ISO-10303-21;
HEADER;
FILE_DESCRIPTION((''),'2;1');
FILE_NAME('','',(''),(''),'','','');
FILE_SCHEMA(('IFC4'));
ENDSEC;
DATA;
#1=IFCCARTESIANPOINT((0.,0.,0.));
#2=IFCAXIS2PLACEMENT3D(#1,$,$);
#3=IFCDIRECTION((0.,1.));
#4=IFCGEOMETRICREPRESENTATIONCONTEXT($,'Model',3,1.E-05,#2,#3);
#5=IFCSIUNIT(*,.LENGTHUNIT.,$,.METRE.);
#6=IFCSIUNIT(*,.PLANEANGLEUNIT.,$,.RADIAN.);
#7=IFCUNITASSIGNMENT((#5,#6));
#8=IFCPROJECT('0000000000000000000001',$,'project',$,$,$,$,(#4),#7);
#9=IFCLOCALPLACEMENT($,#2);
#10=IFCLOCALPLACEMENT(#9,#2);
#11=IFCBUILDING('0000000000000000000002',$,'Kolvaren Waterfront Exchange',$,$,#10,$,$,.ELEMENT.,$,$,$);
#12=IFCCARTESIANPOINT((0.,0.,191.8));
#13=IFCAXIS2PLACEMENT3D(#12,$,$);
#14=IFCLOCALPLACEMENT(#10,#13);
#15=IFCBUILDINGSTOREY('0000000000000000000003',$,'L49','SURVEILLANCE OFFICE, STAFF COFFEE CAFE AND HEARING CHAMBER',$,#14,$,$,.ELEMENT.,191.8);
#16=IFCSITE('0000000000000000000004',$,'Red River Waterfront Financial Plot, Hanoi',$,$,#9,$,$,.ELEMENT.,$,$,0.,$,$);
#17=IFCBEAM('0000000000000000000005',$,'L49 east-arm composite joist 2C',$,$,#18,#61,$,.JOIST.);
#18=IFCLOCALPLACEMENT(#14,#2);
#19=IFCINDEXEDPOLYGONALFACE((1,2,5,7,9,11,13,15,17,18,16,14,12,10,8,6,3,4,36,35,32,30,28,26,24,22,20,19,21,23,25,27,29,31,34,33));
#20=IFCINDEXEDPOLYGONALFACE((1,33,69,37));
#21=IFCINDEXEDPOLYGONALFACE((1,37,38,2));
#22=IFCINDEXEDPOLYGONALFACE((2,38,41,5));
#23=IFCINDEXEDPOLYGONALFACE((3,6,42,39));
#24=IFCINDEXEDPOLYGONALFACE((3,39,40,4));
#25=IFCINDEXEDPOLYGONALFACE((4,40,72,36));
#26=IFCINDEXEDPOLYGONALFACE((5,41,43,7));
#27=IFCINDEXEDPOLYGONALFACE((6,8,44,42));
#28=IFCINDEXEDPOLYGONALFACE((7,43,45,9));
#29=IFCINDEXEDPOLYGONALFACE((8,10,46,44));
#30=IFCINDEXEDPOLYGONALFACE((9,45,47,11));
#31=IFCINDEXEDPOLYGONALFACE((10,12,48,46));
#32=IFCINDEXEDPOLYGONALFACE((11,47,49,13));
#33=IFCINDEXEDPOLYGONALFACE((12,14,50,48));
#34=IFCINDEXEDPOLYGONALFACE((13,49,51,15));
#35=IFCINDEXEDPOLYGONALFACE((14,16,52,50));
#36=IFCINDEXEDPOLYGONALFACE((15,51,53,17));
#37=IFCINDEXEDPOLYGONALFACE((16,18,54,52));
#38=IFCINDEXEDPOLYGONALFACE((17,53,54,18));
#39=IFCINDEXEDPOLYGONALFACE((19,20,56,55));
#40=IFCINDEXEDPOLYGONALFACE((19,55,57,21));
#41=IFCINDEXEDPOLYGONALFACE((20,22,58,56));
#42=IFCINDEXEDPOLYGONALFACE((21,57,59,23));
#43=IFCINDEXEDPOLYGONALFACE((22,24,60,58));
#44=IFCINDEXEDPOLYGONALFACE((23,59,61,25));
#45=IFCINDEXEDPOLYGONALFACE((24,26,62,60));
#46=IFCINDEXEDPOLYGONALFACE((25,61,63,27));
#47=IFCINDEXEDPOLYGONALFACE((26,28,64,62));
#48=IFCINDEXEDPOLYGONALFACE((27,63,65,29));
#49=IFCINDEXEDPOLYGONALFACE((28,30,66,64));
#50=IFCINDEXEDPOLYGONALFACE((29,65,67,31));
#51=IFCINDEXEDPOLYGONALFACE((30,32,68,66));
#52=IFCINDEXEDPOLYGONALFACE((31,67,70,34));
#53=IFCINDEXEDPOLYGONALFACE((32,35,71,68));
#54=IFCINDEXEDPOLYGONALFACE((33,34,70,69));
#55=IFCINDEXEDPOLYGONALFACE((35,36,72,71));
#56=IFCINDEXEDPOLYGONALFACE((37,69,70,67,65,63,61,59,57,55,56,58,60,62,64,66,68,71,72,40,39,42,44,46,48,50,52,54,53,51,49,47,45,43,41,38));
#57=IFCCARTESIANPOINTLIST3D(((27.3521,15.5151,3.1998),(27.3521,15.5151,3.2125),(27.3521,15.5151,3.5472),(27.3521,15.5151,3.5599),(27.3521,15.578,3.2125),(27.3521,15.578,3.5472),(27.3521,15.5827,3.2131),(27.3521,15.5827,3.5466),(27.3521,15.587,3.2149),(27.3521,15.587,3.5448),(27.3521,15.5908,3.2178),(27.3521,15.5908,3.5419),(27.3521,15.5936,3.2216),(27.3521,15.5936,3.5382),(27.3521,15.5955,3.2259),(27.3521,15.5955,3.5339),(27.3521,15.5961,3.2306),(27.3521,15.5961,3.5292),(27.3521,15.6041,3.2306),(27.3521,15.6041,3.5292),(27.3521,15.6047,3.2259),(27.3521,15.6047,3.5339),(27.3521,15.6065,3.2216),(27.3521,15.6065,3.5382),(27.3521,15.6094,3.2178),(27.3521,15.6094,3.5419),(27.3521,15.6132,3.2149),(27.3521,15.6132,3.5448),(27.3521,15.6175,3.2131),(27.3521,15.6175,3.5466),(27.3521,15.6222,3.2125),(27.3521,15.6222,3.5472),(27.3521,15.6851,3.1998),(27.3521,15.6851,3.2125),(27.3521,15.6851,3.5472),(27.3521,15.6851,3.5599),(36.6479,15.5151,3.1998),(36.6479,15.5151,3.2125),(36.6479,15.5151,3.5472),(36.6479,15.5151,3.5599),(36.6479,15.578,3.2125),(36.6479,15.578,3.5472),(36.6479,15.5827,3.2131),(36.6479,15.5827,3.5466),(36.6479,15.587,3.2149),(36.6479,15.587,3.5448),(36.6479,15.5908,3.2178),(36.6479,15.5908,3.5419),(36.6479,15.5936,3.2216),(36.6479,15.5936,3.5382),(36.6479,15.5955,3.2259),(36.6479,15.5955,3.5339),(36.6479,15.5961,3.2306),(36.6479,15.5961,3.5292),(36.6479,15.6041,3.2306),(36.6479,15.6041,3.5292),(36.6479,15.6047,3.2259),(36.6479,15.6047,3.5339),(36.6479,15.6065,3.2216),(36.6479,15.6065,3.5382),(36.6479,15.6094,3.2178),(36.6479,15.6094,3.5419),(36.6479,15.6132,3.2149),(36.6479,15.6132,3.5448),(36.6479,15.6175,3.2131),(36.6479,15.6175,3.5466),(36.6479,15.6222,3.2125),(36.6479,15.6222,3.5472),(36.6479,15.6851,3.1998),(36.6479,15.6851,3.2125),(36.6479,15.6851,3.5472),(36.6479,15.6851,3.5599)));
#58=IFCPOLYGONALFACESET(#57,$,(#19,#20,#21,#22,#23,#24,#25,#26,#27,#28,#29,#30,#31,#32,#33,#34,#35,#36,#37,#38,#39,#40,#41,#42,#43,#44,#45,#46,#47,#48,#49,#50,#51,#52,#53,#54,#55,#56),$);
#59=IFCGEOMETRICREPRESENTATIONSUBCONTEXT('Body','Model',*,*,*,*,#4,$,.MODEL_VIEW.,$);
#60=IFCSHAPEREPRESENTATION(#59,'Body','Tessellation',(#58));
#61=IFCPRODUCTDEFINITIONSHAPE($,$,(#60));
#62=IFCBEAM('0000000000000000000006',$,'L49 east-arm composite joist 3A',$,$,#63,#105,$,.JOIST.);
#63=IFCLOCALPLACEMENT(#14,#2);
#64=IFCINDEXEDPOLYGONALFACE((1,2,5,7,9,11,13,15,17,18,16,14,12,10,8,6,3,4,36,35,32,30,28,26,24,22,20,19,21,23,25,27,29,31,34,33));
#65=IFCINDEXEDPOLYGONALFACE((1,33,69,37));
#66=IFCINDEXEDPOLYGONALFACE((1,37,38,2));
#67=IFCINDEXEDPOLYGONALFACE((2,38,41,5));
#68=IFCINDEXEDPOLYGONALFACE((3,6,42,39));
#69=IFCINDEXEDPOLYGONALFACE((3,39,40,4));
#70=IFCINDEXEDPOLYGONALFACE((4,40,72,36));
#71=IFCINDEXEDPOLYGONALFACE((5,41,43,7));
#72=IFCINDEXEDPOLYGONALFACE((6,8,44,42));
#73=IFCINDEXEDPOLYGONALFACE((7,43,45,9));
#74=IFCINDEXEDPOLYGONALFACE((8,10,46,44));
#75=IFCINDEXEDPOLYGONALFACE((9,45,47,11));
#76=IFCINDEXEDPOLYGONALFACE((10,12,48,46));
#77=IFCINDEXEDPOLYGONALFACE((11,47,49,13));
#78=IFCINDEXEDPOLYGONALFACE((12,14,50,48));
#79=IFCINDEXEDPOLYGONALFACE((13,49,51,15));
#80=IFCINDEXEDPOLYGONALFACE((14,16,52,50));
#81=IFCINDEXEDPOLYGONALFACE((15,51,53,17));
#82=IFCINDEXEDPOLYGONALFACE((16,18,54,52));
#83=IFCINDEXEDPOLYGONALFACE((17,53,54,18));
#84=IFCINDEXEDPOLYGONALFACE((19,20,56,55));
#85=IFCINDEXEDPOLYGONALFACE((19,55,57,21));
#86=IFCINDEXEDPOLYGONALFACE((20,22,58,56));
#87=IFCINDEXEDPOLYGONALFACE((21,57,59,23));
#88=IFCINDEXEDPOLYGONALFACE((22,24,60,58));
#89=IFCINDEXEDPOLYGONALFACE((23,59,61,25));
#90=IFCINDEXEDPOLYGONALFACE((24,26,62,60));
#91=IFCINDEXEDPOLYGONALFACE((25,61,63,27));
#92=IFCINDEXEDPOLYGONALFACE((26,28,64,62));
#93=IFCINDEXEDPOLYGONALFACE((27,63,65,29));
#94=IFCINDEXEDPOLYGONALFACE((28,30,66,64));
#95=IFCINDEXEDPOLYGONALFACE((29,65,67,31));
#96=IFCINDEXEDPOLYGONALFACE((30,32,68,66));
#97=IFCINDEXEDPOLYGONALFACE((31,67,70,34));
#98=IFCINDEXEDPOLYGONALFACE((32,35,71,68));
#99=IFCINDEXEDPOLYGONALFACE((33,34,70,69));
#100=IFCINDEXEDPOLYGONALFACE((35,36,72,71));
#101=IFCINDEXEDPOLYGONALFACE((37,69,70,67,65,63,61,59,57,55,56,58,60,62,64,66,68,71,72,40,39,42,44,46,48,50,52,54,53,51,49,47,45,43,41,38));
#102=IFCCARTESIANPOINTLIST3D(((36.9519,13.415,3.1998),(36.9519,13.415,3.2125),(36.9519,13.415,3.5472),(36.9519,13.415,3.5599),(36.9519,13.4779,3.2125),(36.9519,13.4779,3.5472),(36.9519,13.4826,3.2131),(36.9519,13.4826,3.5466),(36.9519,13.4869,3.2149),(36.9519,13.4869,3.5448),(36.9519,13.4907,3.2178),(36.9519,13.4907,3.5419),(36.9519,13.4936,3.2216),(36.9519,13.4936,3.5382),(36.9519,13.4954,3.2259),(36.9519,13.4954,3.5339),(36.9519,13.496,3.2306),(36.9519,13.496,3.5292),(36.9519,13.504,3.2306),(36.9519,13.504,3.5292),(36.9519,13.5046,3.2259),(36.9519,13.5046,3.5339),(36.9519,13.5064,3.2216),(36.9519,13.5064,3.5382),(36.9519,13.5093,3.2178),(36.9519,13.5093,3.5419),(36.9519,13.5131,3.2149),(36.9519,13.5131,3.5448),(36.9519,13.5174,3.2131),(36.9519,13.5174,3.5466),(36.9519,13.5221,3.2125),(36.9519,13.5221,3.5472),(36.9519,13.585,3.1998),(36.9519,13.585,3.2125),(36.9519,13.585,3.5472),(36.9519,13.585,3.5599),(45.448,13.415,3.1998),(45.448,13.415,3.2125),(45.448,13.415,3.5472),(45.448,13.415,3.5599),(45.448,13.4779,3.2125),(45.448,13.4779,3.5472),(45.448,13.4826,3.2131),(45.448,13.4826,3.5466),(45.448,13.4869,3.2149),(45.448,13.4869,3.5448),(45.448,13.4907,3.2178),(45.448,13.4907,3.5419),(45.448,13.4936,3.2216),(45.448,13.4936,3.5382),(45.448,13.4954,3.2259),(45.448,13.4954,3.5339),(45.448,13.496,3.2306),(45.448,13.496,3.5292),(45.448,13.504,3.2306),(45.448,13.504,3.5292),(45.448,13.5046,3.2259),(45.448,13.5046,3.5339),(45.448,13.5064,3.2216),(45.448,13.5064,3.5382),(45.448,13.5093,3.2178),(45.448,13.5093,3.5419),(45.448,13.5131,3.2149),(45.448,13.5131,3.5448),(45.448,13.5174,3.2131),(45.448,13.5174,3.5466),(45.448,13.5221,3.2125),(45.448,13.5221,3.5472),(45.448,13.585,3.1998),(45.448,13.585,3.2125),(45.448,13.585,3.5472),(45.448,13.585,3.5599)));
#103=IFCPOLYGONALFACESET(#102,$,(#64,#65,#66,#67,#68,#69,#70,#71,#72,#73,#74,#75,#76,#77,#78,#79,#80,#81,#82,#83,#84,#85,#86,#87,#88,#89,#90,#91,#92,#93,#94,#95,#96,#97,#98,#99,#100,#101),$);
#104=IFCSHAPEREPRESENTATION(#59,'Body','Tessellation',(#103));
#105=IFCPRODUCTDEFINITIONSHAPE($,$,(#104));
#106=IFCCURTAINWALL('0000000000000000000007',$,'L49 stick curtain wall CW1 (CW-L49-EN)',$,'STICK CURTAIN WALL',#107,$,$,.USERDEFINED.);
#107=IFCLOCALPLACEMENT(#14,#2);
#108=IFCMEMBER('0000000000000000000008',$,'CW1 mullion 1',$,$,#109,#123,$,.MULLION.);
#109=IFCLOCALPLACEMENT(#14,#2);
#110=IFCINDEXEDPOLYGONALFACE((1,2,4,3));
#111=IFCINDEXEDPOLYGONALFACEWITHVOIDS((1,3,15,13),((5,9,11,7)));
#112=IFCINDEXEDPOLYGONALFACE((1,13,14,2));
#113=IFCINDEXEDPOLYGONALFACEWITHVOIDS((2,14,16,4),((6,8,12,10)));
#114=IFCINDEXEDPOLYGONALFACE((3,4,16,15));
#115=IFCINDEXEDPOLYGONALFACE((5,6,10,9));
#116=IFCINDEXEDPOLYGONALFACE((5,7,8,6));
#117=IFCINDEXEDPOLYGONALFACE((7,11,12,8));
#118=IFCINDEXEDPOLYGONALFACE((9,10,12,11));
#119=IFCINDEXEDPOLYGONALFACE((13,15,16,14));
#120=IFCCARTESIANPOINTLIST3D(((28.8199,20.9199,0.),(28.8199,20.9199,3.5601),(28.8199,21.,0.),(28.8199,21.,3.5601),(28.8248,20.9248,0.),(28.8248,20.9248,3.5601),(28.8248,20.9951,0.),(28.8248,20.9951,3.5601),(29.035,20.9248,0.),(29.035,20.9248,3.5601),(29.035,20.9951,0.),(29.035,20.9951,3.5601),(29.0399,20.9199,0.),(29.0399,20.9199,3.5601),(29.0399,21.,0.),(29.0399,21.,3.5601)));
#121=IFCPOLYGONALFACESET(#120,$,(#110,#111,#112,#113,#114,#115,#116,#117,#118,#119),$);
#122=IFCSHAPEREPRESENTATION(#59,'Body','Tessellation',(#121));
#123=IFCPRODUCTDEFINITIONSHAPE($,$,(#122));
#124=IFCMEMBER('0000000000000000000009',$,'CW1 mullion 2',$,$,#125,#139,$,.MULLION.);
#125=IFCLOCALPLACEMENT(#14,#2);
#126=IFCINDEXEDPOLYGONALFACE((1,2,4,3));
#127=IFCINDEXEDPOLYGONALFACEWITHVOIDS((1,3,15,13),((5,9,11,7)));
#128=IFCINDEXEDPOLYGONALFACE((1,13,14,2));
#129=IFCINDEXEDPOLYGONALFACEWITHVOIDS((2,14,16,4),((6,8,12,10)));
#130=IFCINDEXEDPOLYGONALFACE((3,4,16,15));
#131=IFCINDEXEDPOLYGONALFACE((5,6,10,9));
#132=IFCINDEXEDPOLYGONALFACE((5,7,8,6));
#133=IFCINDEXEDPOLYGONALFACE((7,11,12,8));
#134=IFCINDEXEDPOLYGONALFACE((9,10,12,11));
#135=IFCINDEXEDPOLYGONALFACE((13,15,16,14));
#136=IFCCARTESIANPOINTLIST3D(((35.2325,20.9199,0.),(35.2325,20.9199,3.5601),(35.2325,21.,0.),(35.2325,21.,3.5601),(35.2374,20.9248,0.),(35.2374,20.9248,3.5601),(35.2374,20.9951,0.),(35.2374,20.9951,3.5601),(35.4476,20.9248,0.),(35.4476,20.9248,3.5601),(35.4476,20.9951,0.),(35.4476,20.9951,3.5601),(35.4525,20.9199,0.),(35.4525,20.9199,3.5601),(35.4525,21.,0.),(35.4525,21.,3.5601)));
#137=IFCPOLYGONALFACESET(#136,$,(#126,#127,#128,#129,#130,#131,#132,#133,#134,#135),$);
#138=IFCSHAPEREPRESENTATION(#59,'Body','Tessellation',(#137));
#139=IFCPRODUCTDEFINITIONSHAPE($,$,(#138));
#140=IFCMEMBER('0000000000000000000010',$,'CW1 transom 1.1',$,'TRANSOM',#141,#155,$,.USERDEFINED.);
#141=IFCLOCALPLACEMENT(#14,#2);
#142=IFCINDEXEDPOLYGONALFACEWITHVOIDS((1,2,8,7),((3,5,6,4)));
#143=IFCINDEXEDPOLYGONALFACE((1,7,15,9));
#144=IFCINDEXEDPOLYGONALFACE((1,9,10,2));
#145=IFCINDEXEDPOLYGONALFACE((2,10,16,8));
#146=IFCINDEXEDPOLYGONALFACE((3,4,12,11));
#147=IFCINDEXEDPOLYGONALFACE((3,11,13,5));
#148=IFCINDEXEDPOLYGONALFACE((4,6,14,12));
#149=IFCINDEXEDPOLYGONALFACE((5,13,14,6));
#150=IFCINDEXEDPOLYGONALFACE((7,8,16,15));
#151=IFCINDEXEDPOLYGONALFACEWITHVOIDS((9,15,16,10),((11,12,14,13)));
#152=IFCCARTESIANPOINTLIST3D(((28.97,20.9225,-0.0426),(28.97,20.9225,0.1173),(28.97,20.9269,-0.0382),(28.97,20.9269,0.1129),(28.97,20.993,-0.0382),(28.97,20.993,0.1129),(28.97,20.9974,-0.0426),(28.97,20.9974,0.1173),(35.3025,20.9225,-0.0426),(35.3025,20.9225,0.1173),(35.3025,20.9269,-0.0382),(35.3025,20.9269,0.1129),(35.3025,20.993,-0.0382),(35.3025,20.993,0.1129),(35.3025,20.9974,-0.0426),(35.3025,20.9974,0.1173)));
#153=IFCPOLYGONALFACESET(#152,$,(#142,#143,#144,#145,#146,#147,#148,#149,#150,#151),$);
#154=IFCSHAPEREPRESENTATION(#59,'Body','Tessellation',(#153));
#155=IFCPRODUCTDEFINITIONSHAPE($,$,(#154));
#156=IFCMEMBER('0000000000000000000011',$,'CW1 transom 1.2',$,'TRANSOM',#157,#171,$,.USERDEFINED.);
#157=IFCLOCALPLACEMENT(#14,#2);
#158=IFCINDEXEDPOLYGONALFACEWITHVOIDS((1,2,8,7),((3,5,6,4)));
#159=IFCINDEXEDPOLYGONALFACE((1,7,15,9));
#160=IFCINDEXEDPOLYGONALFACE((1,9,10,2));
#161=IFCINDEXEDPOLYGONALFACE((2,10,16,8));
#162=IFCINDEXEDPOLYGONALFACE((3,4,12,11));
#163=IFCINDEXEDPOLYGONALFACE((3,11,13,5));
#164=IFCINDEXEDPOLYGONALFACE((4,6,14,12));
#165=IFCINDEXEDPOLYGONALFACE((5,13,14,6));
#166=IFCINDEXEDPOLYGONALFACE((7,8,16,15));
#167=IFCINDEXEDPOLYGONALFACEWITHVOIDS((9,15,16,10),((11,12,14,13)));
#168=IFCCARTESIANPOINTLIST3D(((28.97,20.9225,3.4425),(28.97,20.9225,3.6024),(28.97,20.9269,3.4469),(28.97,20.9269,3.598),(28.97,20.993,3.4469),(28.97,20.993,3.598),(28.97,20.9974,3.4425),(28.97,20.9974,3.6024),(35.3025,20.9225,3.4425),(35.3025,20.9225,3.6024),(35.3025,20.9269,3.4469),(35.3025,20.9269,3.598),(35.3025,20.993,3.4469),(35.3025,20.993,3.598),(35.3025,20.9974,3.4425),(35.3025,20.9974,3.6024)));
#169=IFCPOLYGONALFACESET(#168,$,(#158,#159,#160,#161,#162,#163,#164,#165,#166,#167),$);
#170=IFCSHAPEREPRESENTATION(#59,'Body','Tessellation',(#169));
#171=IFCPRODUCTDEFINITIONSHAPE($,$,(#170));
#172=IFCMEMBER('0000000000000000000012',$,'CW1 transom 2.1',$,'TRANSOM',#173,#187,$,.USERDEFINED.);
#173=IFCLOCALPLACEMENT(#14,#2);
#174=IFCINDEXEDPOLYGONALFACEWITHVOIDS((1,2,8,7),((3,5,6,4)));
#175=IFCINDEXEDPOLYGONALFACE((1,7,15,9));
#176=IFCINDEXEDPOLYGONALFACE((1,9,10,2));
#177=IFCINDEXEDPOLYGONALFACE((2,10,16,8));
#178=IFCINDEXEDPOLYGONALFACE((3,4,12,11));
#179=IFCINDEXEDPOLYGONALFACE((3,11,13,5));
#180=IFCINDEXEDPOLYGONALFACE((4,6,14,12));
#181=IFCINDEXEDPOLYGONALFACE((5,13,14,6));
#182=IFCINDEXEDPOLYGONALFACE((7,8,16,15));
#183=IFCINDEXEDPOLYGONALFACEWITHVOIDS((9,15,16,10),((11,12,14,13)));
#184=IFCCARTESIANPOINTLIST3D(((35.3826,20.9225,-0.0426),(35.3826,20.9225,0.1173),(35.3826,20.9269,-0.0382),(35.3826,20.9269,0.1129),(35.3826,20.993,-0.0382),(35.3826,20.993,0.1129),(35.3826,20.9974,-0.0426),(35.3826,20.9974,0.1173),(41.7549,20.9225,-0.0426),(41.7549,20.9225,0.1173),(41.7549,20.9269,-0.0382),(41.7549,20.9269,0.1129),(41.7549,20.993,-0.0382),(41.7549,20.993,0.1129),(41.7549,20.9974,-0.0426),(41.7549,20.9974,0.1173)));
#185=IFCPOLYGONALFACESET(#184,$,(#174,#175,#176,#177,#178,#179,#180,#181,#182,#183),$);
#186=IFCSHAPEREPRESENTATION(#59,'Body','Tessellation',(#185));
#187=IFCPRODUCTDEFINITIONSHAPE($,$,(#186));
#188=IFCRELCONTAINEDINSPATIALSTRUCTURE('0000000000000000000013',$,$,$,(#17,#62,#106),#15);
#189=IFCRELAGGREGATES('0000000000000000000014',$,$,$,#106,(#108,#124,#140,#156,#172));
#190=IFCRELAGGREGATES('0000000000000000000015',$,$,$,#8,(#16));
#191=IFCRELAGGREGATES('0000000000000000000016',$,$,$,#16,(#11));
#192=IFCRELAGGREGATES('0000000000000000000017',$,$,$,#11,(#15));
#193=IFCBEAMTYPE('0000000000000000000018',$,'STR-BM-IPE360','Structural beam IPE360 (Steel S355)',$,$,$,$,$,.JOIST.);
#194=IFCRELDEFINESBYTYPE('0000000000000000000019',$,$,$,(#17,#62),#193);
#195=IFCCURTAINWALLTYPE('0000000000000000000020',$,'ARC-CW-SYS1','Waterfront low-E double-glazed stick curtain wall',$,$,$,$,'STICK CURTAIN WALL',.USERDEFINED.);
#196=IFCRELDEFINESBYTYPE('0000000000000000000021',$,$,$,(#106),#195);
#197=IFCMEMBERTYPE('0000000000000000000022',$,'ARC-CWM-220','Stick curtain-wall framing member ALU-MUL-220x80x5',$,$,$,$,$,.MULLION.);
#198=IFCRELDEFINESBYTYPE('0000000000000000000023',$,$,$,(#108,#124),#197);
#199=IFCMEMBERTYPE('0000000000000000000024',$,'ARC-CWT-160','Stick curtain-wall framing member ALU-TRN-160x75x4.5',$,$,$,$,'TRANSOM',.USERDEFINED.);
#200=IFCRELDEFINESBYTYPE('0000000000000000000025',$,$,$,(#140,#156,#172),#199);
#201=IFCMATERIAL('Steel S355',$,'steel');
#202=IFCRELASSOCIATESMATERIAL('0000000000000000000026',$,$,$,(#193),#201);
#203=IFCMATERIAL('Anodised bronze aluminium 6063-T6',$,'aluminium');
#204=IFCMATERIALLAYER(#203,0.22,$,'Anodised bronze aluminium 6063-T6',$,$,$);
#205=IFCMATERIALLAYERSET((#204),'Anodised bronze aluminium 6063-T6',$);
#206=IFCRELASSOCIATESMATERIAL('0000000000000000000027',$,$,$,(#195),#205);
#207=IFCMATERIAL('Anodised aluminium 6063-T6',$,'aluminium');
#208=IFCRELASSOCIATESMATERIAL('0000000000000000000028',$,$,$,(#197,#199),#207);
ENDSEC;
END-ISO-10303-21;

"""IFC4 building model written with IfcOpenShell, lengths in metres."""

from ifc_helpers import new_model, si_unit, direction, frame, origin, origin_with_axes, origin_2d, place, context, subcontext, project, spatial, hollow_rectangle, i_section, extrude, source, transform, mapped, material, layer, layer_set, material_profile, profile_set, type_object, element, aggregate, save


model = new_model("IFC4")

# Units and contexts
model_context = context("Model", 3, precision=1e-05, world=origin(), true_north=direction((0.0, 1.0)))
body_context = subcontext(model_context, "Body", "Model", "MODEL_VIEW")
ifc_project = project(units=[si_unit("LENGTHUNIT", "METRE"), si_unit("PLANEANGLEUNIT", "RADIAN")], contexts=[model_context])

# Site, building, storey
site_placement = place(None, origin())
site = spatial("IfcSite", under=ifc_project, at=site_placement, Name="Red River Waterfront Financial Plot, Hanoi", CompositionType="ELEMENT", RefElevation=0.0)
building_placement = place(site_placement, origin())
building = spatial("IfcBuilding", under=site, at=building_placement, Name="Kolvaren Waterfront Exchange", CompositionType="ELEMENT")
storey_placement = place(building_placement, frame((0.0, 0.0, 191.8)))
storey = spatial("IfcBuildingStorey", under=building, at=storey_placement, Name="L49", Description="SURVEILLANCE OFFICE, STAFF COFFEE CAFE AND HEARING CHAMBER", CompositionType="ELEMENT", Elevation=191.8)

# Beams
ifc_material_1 = material(Name="Steel S355", Category="steel")
ifc_material_profile_1 = material_profile(ifc_material_1, i_section(OverallWidth=0.1699, OverallDepth=0.3601, WebThickness=0.0081, FlangeThickness=0.0127, FilletRadius=0.0181, at=origin_2d()), Name="IPE360")
ifc_profile_set_1 = profile_set([ifc_material_profile_1], Name="Steel S355")
beam_type_1 = type_object("IfcBeamType", Name="STR-BM-IPE360", Description="Structural beam IPE360 (Steel S355)", PredefinedType="JOIST", material=ifc_profile_set_1)
for number, where, z_axis, x_axis, name in (
    (1, (27.3521, 15.6001, 3.3799), (1.0, 0.0, 0.0), (0.0, 1.0, 0.0), "L49 east-arm composite joist 2C"),
):
    element("IfcBeam", number, at=place(storey_placement, frame(where, z_axis=z_axis, x_axis=x_axis)), inside=storey, type_object=beam_type_1, Name=name, PredefinedType="JOIST", context=body_context, shape_type="SweptSolid", body=[
        extrude(i_section(OverallWidth=0.1699, OverallDepth=0.3601, WebThickness=0.0081, FlangeThickness=0.0127, FilletRadius=0.0181, at=origin_2d()), origin(), (0.0, 0.0, 1.0), 9.2959),
    ])
beam_1_placement = place(storey_placement, frame((36.9519, 13.5, 3.3799), z_axis=(1.0, 0.0, 0.0), x_axis=(0.0, 1.0, 0.0)))
element("IfcBeam", 2, at=beam_1_placement, inside=storey, type_object=beam_type_1, Name="L49 east-arm composite joist 3A", PredefinedType="JOIST", context=body_context, shape_type="SweptSolid", body=[
    extrude(i_section(OverallWidth=0.1699, OverallDepth=0.3601, WebThickness=0.0081, FlangeThickness=0.0127, FilletRadius=0.0181, at=origin_2d()), origin(), (0.0, 0.0, 1.0), 8.4961),
])

# Curtain wall, members
ifc_material_2 = material(Name="Anodised bronze aluminium 6063-T6", Category="aluminium")
ifc_layer_1 = layer(ifc_material_2, 0.22, Name="Anodised bronze aluminium 6063-T6")
ifc_layer_set_1 = layer_set([ifc_layer_1], Name="Anodised bronze aluminium 6063-T6")
curtain_wall_type = type_object("IfcCurtainWallType", Name="ARC-CW-SYS1", Description="Waterfront low-E double-glazed stick curtain wall", ElementType="STICK CURTAIN WALL", PredefinedType="USERDEFINED", material=ifc_layer_set_1)
curtain_wall_placement = place(storey_placement, origin())
curtain_wall = element("IfcCurtainWall", 3, at=curtain_wall_placement, inside=storey, type_object=curtain_wall_type, Name="L49 stick curtain wall CW1 (CW-L49-EN)", ObjectType="STICK CURTAIN WALL", PredefinedType="USERDEFINED")
ifc_material_3 = material(Name="Anodised aluminium 6063-T6", Category="aluminium")
ifc_material_profile_2 = material_profile(ifc_material_3, hollow_rectangle(XDim=0.0801, YDim=0.22, WallThickness=0.0049, at=origin_2d()), Name="ALU-MUL-220x80x5")
ifc_profile_set_2 = profile_set([ifc_material_profile_2], Name="Anodised aluminium 6063-T6")
member_type_1 = type_object("IfcMemberType", Name="ARC-CWM-220", Description="Stick curtain-wall framing member ALU-MUL-220x80x5", PredefinedType="MULLION", material=ifc_profile_set_2)
shared_shape_1 = source(origin_with_axes(), body_context, "Body", "SweptSolid", [
    extrude(hollow_rectangle(XDim=0.0801, YDim=0.22, WallThickness=0.0049, at=origin_2d()), origin(), (0.0, 0.0, 1.0), 3.5601),
])
member_1_placement = place(storey_placement, frame((28.9299, 20.96, 0.0), z_axis=(0.0, 0.0, 1.0), x_axis=(0.0, 1.0, 0.0)))
member_1 = element("IfcMember", 4, at=member_1_placement, type_object=member_type_1, Name="CW1 mullion 1", PredefinedType="MULLION", context=body_context, shape_type="MappedRepresentation", body=[
    mapped(shared_shape_1, transform((0.0, 0.0, 0.0), x_axis=(1.0, 0.0, 0.0), y_axis=(0.0, 1.0, 0.0), z_axis=(0.0, 0.0, 1.0), scale=1.0)),
])
member_2_placement = place(storey_placement, frame((35.3425, 20.96, 0.0), z_axis=(0.0, 0.0, 1.0), x_axis=(0.0, 1.0, 0.0)))
member_2 = element("IfcMember", 5, at=member_2_placement, type_object=member_type_1, Name="CW1 mullion 2", PredefinedType="MULLION", context=body_context, shape_type="MappedRepresentation", body=[
    mapped(shared_shape_1, transform((0.0, 0.0, 0.0), x_axis=(1.0, 0.0, 0.0), y_axis=(0.0, 1.0, 0.0), z_axis=(0.0, 0.0, 1.0), scale=1.0)),
])
ifc_material_profile_3 = material_profile(ifc_material_3, hollow_rectangle(XDim=0.075, YDim=0.1599, WallThickness=0.0044, at=origin_2d()), Name="ALU-TRN-160x75x4.5")
ifc_profile_set_3 = profile_set([ifc_material_profile_3], Name="Anodised aluminium 6063-T6")
member_type_2 = type_object("IfcMemberType", Name="ARC-CWT-160", Description="Stick curtain-wall framing member ALU-TRN-160x75x4.5", ElementType="TRANSOM", PredefinedType="USERDEFINED", material=ifc_profile_set_3)
shared_shape_2 = source(origin_with_axes(), body_context, "Body", "SweptSolid", [
    extrude(hollow_rectangle(XDim=0.075, YDim=0.1599, WallThickness=0.0044, at=origin_2d()), origin(), (0.0, 0.0, 1.0), 6.3325),
])
member_3_placement = place(storey_placement, frame((28.97, 20.96, 0.0374), z_axis=(1.0, 0.0, 0.0), x_axis=(0.0, 1.0, 0.0)))
member_3 = element("IfcMember", 6, at=member_3_placement, type_object=member_type_2, Name="CW1 transom 1.1", ObjectType="TRANSOM", PredefinedType="USERDEFINED", context=body_context, shape_type="MappedRepresentation", body=[
    mapped(shared_shape_2, transform((0.0, 0.0, 0.0), x_axis=(1.0, 0.0, 0.0), y_axis=(0.0, 1.0, 0.0), z_axis=(0.0, 0.0, 1.0), scale=1.0)),
])
member_4_placement = place(storey_placement, frame((28.97, 20.96, 3.5225), z_axis=(1.0, 0.0, 0.0), x_axis=(0.0, 1.0, 0.0)))
member_4 = element("IfcMember", 7, at=member_4_placement, type_object=member_type_2, Name="CW1 transom 1.2", ObjectType="TRANSOM", PredefinedType="USERDEFINED", context=body_context, shape_type="MappedRepresentation", body=[
    mapped(shared_shape_2, transform((0.0, 0.0, 0.0), x_axis=(1.0, 0.0, 0.0), y_axis=(0.0, 1.0, 0.0), z_axis=(0.0, 0.0, 1.0), scale=1.0)),
])
shared_shape_3 = source(origin_with_axes(), body_context, "Body", "SweptSolid", [
    extrude(hollow_rectangle(XDim=0.075, YDim=0.1599, WallThickness=0.0044, at=origin_2d()), origin(), (0.0, 0.0, 1.0), 6.3723),
])
member_5_placement = place(storey_placement, frame((35.3826, 20.96, 0.0374), z_axis=(1.0, 0.0, 0.0), x_axis=(0.0, 1.0, 0.0)))
member_5 = element("IfcMember", 8, at=member_5_placement, type_object=member_type_2, Name="CW1 transom 2.1", ObjectType="TRANSOM", PredefinedType="USERDEFINED", context=body_context, shape_type="MappedRepresentation", body=[
    mapped(shared_shape_3, transform((0.0, 0.0, 0.0), x_axis=(1.0, 0.0, 0.0), y_axis=(0.0, 1.0, 0.0), z_axis=(0.0, 0.0, 1.0), scale=1.0)),
])
aggregate(curtain_wall, [member_1, member_2, member_3, member_4, member_5])

save(model, "model.ifc")
